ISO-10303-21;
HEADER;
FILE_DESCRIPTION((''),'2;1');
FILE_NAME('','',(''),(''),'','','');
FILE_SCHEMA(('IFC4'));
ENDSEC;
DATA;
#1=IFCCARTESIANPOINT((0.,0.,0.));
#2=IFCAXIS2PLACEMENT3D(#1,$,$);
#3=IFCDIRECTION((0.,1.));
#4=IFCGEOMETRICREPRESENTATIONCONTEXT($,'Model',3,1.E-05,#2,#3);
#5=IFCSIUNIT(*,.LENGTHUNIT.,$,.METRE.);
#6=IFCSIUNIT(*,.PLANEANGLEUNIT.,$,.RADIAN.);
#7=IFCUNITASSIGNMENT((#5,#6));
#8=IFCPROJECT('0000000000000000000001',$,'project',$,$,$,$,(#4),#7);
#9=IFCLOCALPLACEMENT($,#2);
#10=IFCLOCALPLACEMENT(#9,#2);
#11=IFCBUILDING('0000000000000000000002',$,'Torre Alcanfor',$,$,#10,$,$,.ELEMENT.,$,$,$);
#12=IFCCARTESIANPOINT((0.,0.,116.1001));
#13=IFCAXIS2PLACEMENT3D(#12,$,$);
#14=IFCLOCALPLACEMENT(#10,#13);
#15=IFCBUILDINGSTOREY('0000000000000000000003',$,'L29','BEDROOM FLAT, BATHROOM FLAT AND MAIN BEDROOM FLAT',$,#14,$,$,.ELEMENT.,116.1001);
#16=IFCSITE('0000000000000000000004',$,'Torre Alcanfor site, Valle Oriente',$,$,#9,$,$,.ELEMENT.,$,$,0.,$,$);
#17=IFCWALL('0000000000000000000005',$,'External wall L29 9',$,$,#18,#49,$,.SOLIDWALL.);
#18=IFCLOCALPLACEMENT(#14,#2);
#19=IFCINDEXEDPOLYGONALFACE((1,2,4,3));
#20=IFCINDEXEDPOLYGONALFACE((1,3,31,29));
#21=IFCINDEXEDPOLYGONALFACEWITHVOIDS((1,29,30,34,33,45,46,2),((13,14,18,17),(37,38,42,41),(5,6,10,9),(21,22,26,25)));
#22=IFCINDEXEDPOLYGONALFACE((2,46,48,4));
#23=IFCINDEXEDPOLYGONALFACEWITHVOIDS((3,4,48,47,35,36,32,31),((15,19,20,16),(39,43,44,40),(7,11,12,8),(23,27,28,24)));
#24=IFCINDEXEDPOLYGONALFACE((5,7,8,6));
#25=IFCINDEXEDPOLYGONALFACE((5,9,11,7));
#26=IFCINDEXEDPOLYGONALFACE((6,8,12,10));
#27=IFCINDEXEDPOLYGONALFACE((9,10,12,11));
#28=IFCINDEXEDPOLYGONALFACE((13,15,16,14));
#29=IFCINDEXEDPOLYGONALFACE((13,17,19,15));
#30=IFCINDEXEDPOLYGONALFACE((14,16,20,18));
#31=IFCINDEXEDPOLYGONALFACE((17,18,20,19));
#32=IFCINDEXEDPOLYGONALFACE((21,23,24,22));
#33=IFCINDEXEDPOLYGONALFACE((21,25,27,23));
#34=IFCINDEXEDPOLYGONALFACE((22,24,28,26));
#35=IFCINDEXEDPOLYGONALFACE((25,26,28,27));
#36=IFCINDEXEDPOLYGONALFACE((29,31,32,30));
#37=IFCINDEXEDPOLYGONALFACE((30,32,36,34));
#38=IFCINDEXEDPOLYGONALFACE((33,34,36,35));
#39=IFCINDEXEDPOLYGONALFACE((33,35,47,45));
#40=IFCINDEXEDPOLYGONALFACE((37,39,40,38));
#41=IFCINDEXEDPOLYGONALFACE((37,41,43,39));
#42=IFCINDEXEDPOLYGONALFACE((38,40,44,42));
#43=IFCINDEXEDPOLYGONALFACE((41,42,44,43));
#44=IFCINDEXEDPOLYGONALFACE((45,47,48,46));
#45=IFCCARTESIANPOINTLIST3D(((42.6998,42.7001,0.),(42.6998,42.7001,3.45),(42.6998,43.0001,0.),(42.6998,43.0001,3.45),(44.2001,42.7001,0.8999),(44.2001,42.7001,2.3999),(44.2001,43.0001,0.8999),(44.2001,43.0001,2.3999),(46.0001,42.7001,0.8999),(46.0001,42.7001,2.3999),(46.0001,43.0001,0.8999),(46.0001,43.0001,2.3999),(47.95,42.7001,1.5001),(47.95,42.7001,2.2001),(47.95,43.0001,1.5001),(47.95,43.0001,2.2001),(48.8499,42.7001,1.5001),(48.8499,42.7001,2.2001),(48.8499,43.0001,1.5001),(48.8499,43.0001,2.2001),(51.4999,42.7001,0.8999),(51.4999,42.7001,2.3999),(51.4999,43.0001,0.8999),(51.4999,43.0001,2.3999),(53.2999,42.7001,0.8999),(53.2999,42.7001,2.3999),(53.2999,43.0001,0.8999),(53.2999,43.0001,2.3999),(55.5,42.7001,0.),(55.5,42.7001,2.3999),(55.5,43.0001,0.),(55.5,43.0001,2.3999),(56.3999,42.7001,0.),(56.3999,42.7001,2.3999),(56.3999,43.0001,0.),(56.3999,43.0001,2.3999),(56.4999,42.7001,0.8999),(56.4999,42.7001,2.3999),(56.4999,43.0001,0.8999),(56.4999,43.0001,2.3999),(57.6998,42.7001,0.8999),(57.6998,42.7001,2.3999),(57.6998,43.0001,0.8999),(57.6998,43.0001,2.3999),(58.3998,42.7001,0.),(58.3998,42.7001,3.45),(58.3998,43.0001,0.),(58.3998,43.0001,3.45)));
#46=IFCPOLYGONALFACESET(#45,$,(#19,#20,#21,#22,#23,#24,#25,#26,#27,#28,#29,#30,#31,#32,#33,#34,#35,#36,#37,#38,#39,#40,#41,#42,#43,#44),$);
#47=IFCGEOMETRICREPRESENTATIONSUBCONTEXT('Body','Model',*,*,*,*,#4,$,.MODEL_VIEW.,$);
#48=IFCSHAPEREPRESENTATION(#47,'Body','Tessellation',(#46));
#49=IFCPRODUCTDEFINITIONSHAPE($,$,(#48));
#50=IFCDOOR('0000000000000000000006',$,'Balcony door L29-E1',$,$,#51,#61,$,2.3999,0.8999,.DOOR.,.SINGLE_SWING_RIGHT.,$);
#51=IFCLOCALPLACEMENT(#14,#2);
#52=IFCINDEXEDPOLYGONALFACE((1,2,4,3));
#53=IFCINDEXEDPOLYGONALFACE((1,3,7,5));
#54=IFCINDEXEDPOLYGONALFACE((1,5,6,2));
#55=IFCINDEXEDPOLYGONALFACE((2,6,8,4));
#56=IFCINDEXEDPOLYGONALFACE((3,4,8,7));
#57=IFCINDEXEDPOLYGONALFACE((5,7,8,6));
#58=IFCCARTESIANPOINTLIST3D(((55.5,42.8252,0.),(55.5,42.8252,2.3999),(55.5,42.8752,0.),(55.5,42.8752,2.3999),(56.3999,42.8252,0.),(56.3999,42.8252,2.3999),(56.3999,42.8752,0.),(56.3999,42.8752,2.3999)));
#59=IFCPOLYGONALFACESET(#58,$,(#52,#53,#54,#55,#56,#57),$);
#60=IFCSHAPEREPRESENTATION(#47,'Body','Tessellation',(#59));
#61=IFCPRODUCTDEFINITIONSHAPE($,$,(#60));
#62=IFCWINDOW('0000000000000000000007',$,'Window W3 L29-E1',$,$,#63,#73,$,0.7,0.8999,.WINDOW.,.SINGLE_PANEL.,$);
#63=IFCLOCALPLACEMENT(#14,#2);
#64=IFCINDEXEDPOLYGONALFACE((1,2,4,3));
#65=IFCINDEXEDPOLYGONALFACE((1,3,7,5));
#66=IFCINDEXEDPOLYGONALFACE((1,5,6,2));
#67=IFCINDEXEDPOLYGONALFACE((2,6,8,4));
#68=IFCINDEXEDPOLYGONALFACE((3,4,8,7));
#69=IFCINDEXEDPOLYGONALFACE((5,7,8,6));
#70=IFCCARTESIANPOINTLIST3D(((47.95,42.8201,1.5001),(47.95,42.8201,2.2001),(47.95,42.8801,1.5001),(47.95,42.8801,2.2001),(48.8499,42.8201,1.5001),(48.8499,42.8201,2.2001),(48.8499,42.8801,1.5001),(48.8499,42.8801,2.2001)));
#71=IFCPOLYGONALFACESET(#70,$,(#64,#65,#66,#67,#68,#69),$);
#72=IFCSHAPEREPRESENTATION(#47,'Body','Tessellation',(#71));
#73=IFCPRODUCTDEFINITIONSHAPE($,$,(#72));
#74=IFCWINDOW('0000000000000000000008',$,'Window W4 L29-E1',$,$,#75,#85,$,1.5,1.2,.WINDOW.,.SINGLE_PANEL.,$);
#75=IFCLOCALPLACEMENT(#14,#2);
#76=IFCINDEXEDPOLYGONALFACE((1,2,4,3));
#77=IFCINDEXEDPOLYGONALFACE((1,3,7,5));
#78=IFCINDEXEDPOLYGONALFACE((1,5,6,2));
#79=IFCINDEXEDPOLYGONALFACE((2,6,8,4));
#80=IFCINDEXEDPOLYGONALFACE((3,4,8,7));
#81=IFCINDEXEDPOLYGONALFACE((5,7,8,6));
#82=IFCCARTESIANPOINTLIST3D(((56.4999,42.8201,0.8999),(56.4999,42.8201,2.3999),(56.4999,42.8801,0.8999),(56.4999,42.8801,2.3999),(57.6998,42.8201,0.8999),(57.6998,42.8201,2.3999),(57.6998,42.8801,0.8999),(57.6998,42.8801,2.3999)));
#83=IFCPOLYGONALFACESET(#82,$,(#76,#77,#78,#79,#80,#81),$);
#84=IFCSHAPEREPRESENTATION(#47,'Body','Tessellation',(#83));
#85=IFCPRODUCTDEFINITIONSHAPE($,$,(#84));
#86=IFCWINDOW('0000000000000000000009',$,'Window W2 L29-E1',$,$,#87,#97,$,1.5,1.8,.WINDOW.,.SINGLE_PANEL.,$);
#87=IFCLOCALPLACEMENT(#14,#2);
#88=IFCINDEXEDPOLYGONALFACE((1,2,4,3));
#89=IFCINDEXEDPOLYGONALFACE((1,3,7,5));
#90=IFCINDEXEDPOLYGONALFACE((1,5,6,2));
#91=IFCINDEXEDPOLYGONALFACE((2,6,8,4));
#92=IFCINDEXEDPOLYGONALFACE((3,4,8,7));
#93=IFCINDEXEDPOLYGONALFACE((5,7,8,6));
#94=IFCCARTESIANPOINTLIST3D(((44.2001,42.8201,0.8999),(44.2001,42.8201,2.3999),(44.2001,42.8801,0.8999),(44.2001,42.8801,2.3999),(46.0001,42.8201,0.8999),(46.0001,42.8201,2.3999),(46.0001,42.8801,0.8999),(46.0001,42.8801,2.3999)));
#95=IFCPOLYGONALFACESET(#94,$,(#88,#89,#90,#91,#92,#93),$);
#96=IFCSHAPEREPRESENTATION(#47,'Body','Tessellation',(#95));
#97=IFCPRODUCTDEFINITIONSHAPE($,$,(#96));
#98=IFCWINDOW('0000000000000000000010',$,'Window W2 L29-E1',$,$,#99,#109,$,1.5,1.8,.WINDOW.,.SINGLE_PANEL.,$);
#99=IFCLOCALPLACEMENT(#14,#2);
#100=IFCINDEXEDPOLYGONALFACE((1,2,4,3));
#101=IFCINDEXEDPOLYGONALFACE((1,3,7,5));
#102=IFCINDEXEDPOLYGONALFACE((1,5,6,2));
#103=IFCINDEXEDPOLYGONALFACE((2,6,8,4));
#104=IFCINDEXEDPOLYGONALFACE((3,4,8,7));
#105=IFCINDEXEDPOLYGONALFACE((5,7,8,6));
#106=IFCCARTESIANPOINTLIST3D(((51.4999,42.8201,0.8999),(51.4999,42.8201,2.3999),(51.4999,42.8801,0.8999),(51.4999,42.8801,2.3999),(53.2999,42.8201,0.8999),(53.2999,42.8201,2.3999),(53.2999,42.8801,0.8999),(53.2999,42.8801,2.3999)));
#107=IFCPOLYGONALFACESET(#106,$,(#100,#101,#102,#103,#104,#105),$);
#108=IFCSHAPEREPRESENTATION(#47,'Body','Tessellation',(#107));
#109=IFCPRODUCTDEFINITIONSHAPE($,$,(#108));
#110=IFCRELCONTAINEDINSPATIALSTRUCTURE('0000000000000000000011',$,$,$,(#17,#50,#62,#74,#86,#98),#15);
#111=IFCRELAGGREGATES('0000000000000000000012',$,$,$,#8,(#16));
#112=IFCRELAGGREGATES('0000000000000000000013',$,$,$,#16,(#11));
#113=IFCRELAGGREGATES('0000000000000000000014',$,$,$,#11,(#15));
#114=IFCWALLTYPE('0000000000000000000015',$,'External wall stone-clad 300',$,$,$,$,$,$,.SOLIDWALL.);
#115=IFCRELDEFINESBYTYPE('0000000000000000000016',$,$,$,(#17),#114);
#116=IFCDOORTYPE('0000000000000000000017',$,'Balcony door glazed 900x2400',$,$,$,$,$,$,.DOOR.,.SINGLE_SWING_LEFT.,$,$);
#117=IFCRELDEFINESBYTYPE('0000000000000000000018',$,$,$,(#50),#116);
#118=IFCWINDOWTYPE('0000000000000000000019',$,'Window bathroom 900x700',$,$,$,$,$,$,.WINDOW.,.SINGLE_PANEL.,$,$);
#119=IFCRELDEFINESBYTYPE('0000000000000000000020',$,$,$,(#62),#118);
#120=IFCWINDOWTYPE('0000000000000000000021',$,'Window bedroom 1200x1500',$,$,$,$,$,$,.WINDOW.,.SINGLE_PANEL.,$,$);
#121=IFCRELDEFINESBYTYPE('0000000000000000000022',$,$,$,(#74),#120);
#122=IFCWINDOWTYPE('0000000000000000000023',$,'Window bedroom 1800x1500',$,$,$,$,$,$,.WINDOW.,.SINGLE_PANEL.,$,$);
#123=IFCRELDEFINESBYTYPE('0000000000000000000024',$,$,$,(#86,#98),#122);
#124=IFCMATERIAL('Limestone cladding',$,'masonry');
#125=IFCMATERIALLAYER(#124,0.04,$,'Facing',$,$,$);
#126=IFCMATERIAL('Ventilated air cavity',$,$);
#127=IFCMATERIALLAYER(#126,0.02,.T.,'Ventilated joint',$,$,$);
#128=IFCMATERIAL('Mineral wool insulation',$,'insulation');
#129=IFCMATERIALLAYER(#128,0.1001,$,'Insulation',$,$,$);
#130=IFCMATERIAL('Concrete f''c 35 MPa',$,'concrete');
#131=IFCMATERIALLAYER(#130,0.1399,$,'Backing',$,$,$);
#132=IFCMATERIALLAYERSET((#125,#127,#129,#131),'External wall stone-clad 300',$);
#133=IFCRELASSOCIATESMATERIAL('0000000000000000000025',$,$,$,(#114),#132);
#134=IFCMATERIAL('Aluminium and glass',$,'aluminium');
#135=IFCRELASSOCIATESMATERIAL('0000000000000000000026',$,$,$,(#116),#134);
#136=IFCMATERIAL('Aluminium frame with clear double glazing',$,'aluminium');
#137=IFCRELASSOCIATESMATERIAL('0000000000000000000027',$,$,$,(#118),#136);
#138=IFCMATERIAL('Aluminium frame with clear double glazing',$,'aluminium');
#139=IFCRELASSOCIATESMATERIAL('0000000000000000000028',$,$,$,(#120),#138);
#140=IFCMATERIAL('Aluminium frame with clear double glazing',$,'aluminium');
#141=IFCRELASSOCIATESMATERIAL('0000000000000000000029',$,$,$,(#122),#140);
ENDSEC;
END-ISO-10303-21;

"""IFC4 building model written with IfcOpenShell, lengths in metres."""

from ifc_helpers import new_model, si_unit, direction, frame, frame_2d, origin, place, context, subcontext, project, spatial, rectangle, extrude, material, layer, layer_set, type_object, element, fill, save


model = new_model("IFC4")

# Units and contexts
model_context = context("Model", 3, precision=1e-05, world=origin(), true_north=direction((0.0, 1.0)))
body_context = subcontext(model_context, "Body", "Model", "MODEL_VIEW")
ifc_project = project(units=[si_unit("LENGTHUNIT", "METRE"), si_unit("PLANEANGLEUNIT", "RADIAN")], contexts=[model_context])

# Site, building, storey
site_placement = place(None, origin())
site = spatial("IfcSite", under=ifc_project, at=site_placement, Name="Torre Alcanfor site, Valle Oriente", CompositionType="ELEMENT", RefElevation=0.0)
building_placement = place(site_placement, origin())
building = spatial("IfcBuilding", under=site, at=building_placement, Name="Torre Alcanfor", CompositionType="ELEMENT")
storey_placement = place(building_placement, frame((0.0, 0.0, 116.1001)))
storey = spatial("IfcBuildingStorey", under=building, at=storey_placement, Name="L29", Description="BEDROOM FLAT, BATHROOM FLAT AND MAIN BEDROOM FLAT", CompositionType="ELEMENT", Elevation=116.1001)

# Wall, openings, door, windows
ifc_material_1 = material(Name="Limestone cladding", Category="masonry")
ifc_layer_1 = layer(ifc_material_1, 0.04, Name="Facing")
ifc_material_2 = material(Name="Ventilated air cavity")
ifc_layer_2 = layer(ifc_material_2, 0.02, ventilated=True, Name="Ventilated joint")
ifc_material_3 = material(Name="Mineral wool insulation", Category="insulation")
ifc_layer_3 = layer(ifc_material_3, 0.1001, Name="Insulation")
ifc_material_4 = material(Name="Concrete f'c 35 MPa", Category="concrete")
ifc_layer_4 = layer(ifc_material_4, 0.1399, Name="Backing")
ifc_layer_set_1 = layer_set([ifc_layer_1, ifc_layer_2, ifc_layer_3, ifc_layer_4], Name="External wall stone-clad 300")
wall_type_1 = type_object("IfcWallType", Name="External wall stone-clad 300", PredefinedType="SOLIDWALL", material=ifc_layer_set_1)
wall_1_placement = place(storey_placement, frame((58.3999, 42.8501, 0.0), z_axis=(0.0, 0.0, 1.0), x_axis=(-1.0, 0.0, 0.0)))
wall_1 = element("IfcWall", 1, at=wall_1_placement, inside=storey, type_object=wall_type_1, Name="External wall L29 9", PredefinedType="SOLIDWALL", context=body_context, shape_type="SweptSolid", body=[
    extrude(rectangle(XDim=15.7, YDim=0.3, at=frame_2d((7.8501, 0.0))), origin(), (0.0, 0.0, 1.0), 3.45),
])
opening_1_placement = place(wall_1_placement, frame((12.3999, 0.0, 0.8999)))
opening_1 = element("IfcOpeningElement", 2, at=opening_1_placement, cuts=wall_1, PredefinedType="OPENING", context=body_context, shape_type="SweptSolid", body=[
    extrude(rectangle(XDim=1.8, YDim=1.5, at=frame_2d((0.8999, 0.75))), frame((0.0, 0.1599, 0.0), z_axis=(0.0, -1.0, 0.0), x_axis=(1.0, 0.0, 0.0)), (0.0, 0.0, 1.0), 0.3201),
])
opening_2_placement = place(wall_1_placement, frame((9.55, 0.0, 1.5)))
opening_2 = element("IfcOpeningElement", 3, at=opening_2_placement, cuts=wall_1, PredefinedType="OPENING", context=body_context, shape_type="SweptSolid", body=[
    extrude(rectangle(XDim=0.8999, YDim=0.7, at=frame_2d((0.45, 0.3501))), frame((0.0, 0.1599, 0.0), z_axis=(0.0, -1.0, 0.0), x_axis=(1.0, 0.0, 0.0)), (0.0, 0.0, 1.0), 0.3201),
])
opening_3_placement = place(wall_1_placement, frame((5.1001, 0.0, 0.8999)))
opening_3 = element("IfcOpeningElement", 4, at=opening_3_placement, cuts=wall_1, PredefinedType="OPENING", context=body_context, shape_type="SweptSolid", body=[
    extrude(rectangle(XDim=1.8, YDim=1.5, at=frame_2d((0.8999, 0.75))), frame((0.0, 0.1599, 0.0), z_axis=(0.0, -1.0, 0.0), x_axis=(1.0, 0.0, 0.0)), (0.0, 0.0, 1.0), 0.3201),
])
opening_4_placement = place(wall_1_placement, frame((2.0, 0.0, 0.0)))
opening_4 = element("IfcOpeningElement", 5, at=opening_4_placement, cuts=wall_1, PredefinedType="OPENING", context=body_context, shape_type="SweptSolid", body=[
    extrude(rectangle(XDim=0.8999, YDim=2.3999, at=frame_2d((0.45, 1.2))), frame((0.0, 0.1599, 0.0), z_axis=(0.0, -1.0, 0.0), x_axis=(1.0, 0.0, 0.0)), (0.0, 0.0, 1.0), 0.3201),
])
opening_5_placement = place(wall_1_placement, frame((0.7, 0.0, 0.8999)))
opening_5 = element("IfcOpeningElement", 6, at=opening_5_placement, cuts=wall_1, PredefinedType="OPENING", context=body_context, shape_type="SweptSolid", body=[
    extrude(rectangle(XDim=1.2, YDim=1.5, at=frame_2d((0.6001, 0.75))), frame((0.0, 0.1599, 0.0), z_axis=(0.0, -1.0, 0.0), x_axis=(1.0, 0.0, 0.0)), (0.0, 0.0, 1.0), 0.3201),
])
ifc_material_5 = material(Name="Aluminium and glass", Category="aluminium")
door_type_1 = type_object("IfcDoorType", Name="Balcony door glazed 900x2400", OperationType="SINGLE_SWING_LEFT", PredefinedType="DOOR", material=ifc_material_5)
door_1_placement = place(opening_4_placement, origin())
door_1 = element("IfcDoor", 7, at=door_1_placement, inside=storey, type_object=door_type_1, Name="Balcony door L29-E1", OperationType="SINGLE_SWING_RIGHT", OverallHeight=2.3999, OverallWidth=0.8999, PredefinedType="DOOR", context=body_context, shape_type="SweptSolid", body=[
    extrude(rectangle(XDim=0.8999, YDim=2.3999, at=frame_2d((0.45, 1.2))), frame((0.0, 0.0249, 0.0), z_axis=(0.0, -1.0, 0.0), x_axis=(1.0, 0.0, 0.0)), (0.0, 0.0, 1.0), 0.05),
])
fill(opening_4, door_1)
ifc_material_6 = material(Name="Aluminium frame with clear double glazing", Category="aluminium")
window_type_1 = type_object("IfcWindowType", Name="Window bathroom 900x700", PartitioningType="SINGLE_PANEL", PredefinedType="WINDOW", material=ifc_material_6)
window_1_placement = place(opening_2_placement, origin())
window_1 = element("IfcWindow", 8, at=window_1_placement, inside=storey, type_object=window_type_1, Name="Window W3 L29-E1", OverallHeight=0.7, OverallWidth=0.8999, PartitioningType="SINGLE_PANEL", PredefinedType="WINDOW", context=body_context, shape_type="SweptSolid", body=[
    extrude(rectangle(XDim=0.8999, YDim=0.7, at=frame_2d((0.45, 0.3501))), frame((0.0, 0.03, 0.0), z_axis=(0.0, -1.0, 0.0), x_axis=(1.0, 0.0, 0.0)), (0.0, 0.0, 1.0), 0.0601),
])
fill(opening_2, window_1)
ifc_material_7 = material(Name="Aluminium frame with clear double glazing", Category="aluminium")
window_type_2 = type_object("IfcWindowType", Name="Window bedroom 1200x1500", PartitioningType="SINGLE_PANEL", PredefinedType="WINDOW", material=ifc_material_7)
window_2_placement = place(opening_5_placement, origin())
window_2 = element("IfcWindow", 9, at=window_2_placement, inside=storey, type_object=window_type_2, Name="Window W4 L29-E1", OverallHeight=1.5, OverallWidth=1.2, PartitioningType="SINGLE_PANEL", PredefinedType="WINDOW", context=body_context, shape_type="SweptSolid", body=[
    extrude(rectangle(XDim=1.2, YDim=1.5, at=frame_2d((0.6001, 0.75))), frame((0.0, 0.03, 0.0), z_axis=(0.0, -1.0, 0.0), x_axis=(1.0, 0.0, 0.0)), (0.0, 0.0, 1.0), 0.0601),
])
fill(opening_5, window_2)
ifc_material_8 = material(Name="Aluminium frame with clear double glazing", Category="aluminium")
window_type_3 = type_object("IfcWindowType", Name="Window bedroom 1800x1500", PartitioningType="SINGLE_PANEL", PredefinedType="WINDOW", material=ifc_material_8)
window_3_placement = place(opening_1_placement, origin())
window_3 = element("IfcWindow", 10, at=window_3_placement, inside=storey, type_object=window_type_3, Name="Window W2 L29-E1", OverallHeight=1.5, OverallWidth=1.8, PartitioningType="SINGLE_PANEL", PredefinedType="WINDOW", context=body_context, shape_type="SweptSolid", body=[
    extrude(rectangle(XDim=1.8, YDim=1.5, at=frame_2d((0.8999, 0.75))), frame((0.0, 0.03, 0.0), z_axis=(0.0, -1.0, 0.0), x_axis=(1.0, 0.0, 0.0)), (0.0, 0.0, 1.0), 0.0601),
])
fill(opening_1, window_3)
window_4_placement = place(opening_3_placement, origin())
window_4 = element("IfcWindow", 11, at=window_4_placement, inside=storey, type_object=window_type_3, Name="Window W2 L29-E1", OverallHeight=1.5, OverallWidth=1.8, PartitioningType="SINGLE_PANEL", PredefinedType="WINDOW", context=body_context, shape_type="SweptSolid", body=[
    extrude(rectangle(XDim=1.8, YDim=1.5, at=frame_2d((0.8999, 0.75))), frame((0.0, 0.03, 0.0), z_axis=(0.0, -1.0, 0.0), x_axis=(1.0, 0.0, 0.0)), (0.0, 0.0, 1.0), 0.0601),
])
fill(opening_3, window_4)

save(model, "model.ifc")
